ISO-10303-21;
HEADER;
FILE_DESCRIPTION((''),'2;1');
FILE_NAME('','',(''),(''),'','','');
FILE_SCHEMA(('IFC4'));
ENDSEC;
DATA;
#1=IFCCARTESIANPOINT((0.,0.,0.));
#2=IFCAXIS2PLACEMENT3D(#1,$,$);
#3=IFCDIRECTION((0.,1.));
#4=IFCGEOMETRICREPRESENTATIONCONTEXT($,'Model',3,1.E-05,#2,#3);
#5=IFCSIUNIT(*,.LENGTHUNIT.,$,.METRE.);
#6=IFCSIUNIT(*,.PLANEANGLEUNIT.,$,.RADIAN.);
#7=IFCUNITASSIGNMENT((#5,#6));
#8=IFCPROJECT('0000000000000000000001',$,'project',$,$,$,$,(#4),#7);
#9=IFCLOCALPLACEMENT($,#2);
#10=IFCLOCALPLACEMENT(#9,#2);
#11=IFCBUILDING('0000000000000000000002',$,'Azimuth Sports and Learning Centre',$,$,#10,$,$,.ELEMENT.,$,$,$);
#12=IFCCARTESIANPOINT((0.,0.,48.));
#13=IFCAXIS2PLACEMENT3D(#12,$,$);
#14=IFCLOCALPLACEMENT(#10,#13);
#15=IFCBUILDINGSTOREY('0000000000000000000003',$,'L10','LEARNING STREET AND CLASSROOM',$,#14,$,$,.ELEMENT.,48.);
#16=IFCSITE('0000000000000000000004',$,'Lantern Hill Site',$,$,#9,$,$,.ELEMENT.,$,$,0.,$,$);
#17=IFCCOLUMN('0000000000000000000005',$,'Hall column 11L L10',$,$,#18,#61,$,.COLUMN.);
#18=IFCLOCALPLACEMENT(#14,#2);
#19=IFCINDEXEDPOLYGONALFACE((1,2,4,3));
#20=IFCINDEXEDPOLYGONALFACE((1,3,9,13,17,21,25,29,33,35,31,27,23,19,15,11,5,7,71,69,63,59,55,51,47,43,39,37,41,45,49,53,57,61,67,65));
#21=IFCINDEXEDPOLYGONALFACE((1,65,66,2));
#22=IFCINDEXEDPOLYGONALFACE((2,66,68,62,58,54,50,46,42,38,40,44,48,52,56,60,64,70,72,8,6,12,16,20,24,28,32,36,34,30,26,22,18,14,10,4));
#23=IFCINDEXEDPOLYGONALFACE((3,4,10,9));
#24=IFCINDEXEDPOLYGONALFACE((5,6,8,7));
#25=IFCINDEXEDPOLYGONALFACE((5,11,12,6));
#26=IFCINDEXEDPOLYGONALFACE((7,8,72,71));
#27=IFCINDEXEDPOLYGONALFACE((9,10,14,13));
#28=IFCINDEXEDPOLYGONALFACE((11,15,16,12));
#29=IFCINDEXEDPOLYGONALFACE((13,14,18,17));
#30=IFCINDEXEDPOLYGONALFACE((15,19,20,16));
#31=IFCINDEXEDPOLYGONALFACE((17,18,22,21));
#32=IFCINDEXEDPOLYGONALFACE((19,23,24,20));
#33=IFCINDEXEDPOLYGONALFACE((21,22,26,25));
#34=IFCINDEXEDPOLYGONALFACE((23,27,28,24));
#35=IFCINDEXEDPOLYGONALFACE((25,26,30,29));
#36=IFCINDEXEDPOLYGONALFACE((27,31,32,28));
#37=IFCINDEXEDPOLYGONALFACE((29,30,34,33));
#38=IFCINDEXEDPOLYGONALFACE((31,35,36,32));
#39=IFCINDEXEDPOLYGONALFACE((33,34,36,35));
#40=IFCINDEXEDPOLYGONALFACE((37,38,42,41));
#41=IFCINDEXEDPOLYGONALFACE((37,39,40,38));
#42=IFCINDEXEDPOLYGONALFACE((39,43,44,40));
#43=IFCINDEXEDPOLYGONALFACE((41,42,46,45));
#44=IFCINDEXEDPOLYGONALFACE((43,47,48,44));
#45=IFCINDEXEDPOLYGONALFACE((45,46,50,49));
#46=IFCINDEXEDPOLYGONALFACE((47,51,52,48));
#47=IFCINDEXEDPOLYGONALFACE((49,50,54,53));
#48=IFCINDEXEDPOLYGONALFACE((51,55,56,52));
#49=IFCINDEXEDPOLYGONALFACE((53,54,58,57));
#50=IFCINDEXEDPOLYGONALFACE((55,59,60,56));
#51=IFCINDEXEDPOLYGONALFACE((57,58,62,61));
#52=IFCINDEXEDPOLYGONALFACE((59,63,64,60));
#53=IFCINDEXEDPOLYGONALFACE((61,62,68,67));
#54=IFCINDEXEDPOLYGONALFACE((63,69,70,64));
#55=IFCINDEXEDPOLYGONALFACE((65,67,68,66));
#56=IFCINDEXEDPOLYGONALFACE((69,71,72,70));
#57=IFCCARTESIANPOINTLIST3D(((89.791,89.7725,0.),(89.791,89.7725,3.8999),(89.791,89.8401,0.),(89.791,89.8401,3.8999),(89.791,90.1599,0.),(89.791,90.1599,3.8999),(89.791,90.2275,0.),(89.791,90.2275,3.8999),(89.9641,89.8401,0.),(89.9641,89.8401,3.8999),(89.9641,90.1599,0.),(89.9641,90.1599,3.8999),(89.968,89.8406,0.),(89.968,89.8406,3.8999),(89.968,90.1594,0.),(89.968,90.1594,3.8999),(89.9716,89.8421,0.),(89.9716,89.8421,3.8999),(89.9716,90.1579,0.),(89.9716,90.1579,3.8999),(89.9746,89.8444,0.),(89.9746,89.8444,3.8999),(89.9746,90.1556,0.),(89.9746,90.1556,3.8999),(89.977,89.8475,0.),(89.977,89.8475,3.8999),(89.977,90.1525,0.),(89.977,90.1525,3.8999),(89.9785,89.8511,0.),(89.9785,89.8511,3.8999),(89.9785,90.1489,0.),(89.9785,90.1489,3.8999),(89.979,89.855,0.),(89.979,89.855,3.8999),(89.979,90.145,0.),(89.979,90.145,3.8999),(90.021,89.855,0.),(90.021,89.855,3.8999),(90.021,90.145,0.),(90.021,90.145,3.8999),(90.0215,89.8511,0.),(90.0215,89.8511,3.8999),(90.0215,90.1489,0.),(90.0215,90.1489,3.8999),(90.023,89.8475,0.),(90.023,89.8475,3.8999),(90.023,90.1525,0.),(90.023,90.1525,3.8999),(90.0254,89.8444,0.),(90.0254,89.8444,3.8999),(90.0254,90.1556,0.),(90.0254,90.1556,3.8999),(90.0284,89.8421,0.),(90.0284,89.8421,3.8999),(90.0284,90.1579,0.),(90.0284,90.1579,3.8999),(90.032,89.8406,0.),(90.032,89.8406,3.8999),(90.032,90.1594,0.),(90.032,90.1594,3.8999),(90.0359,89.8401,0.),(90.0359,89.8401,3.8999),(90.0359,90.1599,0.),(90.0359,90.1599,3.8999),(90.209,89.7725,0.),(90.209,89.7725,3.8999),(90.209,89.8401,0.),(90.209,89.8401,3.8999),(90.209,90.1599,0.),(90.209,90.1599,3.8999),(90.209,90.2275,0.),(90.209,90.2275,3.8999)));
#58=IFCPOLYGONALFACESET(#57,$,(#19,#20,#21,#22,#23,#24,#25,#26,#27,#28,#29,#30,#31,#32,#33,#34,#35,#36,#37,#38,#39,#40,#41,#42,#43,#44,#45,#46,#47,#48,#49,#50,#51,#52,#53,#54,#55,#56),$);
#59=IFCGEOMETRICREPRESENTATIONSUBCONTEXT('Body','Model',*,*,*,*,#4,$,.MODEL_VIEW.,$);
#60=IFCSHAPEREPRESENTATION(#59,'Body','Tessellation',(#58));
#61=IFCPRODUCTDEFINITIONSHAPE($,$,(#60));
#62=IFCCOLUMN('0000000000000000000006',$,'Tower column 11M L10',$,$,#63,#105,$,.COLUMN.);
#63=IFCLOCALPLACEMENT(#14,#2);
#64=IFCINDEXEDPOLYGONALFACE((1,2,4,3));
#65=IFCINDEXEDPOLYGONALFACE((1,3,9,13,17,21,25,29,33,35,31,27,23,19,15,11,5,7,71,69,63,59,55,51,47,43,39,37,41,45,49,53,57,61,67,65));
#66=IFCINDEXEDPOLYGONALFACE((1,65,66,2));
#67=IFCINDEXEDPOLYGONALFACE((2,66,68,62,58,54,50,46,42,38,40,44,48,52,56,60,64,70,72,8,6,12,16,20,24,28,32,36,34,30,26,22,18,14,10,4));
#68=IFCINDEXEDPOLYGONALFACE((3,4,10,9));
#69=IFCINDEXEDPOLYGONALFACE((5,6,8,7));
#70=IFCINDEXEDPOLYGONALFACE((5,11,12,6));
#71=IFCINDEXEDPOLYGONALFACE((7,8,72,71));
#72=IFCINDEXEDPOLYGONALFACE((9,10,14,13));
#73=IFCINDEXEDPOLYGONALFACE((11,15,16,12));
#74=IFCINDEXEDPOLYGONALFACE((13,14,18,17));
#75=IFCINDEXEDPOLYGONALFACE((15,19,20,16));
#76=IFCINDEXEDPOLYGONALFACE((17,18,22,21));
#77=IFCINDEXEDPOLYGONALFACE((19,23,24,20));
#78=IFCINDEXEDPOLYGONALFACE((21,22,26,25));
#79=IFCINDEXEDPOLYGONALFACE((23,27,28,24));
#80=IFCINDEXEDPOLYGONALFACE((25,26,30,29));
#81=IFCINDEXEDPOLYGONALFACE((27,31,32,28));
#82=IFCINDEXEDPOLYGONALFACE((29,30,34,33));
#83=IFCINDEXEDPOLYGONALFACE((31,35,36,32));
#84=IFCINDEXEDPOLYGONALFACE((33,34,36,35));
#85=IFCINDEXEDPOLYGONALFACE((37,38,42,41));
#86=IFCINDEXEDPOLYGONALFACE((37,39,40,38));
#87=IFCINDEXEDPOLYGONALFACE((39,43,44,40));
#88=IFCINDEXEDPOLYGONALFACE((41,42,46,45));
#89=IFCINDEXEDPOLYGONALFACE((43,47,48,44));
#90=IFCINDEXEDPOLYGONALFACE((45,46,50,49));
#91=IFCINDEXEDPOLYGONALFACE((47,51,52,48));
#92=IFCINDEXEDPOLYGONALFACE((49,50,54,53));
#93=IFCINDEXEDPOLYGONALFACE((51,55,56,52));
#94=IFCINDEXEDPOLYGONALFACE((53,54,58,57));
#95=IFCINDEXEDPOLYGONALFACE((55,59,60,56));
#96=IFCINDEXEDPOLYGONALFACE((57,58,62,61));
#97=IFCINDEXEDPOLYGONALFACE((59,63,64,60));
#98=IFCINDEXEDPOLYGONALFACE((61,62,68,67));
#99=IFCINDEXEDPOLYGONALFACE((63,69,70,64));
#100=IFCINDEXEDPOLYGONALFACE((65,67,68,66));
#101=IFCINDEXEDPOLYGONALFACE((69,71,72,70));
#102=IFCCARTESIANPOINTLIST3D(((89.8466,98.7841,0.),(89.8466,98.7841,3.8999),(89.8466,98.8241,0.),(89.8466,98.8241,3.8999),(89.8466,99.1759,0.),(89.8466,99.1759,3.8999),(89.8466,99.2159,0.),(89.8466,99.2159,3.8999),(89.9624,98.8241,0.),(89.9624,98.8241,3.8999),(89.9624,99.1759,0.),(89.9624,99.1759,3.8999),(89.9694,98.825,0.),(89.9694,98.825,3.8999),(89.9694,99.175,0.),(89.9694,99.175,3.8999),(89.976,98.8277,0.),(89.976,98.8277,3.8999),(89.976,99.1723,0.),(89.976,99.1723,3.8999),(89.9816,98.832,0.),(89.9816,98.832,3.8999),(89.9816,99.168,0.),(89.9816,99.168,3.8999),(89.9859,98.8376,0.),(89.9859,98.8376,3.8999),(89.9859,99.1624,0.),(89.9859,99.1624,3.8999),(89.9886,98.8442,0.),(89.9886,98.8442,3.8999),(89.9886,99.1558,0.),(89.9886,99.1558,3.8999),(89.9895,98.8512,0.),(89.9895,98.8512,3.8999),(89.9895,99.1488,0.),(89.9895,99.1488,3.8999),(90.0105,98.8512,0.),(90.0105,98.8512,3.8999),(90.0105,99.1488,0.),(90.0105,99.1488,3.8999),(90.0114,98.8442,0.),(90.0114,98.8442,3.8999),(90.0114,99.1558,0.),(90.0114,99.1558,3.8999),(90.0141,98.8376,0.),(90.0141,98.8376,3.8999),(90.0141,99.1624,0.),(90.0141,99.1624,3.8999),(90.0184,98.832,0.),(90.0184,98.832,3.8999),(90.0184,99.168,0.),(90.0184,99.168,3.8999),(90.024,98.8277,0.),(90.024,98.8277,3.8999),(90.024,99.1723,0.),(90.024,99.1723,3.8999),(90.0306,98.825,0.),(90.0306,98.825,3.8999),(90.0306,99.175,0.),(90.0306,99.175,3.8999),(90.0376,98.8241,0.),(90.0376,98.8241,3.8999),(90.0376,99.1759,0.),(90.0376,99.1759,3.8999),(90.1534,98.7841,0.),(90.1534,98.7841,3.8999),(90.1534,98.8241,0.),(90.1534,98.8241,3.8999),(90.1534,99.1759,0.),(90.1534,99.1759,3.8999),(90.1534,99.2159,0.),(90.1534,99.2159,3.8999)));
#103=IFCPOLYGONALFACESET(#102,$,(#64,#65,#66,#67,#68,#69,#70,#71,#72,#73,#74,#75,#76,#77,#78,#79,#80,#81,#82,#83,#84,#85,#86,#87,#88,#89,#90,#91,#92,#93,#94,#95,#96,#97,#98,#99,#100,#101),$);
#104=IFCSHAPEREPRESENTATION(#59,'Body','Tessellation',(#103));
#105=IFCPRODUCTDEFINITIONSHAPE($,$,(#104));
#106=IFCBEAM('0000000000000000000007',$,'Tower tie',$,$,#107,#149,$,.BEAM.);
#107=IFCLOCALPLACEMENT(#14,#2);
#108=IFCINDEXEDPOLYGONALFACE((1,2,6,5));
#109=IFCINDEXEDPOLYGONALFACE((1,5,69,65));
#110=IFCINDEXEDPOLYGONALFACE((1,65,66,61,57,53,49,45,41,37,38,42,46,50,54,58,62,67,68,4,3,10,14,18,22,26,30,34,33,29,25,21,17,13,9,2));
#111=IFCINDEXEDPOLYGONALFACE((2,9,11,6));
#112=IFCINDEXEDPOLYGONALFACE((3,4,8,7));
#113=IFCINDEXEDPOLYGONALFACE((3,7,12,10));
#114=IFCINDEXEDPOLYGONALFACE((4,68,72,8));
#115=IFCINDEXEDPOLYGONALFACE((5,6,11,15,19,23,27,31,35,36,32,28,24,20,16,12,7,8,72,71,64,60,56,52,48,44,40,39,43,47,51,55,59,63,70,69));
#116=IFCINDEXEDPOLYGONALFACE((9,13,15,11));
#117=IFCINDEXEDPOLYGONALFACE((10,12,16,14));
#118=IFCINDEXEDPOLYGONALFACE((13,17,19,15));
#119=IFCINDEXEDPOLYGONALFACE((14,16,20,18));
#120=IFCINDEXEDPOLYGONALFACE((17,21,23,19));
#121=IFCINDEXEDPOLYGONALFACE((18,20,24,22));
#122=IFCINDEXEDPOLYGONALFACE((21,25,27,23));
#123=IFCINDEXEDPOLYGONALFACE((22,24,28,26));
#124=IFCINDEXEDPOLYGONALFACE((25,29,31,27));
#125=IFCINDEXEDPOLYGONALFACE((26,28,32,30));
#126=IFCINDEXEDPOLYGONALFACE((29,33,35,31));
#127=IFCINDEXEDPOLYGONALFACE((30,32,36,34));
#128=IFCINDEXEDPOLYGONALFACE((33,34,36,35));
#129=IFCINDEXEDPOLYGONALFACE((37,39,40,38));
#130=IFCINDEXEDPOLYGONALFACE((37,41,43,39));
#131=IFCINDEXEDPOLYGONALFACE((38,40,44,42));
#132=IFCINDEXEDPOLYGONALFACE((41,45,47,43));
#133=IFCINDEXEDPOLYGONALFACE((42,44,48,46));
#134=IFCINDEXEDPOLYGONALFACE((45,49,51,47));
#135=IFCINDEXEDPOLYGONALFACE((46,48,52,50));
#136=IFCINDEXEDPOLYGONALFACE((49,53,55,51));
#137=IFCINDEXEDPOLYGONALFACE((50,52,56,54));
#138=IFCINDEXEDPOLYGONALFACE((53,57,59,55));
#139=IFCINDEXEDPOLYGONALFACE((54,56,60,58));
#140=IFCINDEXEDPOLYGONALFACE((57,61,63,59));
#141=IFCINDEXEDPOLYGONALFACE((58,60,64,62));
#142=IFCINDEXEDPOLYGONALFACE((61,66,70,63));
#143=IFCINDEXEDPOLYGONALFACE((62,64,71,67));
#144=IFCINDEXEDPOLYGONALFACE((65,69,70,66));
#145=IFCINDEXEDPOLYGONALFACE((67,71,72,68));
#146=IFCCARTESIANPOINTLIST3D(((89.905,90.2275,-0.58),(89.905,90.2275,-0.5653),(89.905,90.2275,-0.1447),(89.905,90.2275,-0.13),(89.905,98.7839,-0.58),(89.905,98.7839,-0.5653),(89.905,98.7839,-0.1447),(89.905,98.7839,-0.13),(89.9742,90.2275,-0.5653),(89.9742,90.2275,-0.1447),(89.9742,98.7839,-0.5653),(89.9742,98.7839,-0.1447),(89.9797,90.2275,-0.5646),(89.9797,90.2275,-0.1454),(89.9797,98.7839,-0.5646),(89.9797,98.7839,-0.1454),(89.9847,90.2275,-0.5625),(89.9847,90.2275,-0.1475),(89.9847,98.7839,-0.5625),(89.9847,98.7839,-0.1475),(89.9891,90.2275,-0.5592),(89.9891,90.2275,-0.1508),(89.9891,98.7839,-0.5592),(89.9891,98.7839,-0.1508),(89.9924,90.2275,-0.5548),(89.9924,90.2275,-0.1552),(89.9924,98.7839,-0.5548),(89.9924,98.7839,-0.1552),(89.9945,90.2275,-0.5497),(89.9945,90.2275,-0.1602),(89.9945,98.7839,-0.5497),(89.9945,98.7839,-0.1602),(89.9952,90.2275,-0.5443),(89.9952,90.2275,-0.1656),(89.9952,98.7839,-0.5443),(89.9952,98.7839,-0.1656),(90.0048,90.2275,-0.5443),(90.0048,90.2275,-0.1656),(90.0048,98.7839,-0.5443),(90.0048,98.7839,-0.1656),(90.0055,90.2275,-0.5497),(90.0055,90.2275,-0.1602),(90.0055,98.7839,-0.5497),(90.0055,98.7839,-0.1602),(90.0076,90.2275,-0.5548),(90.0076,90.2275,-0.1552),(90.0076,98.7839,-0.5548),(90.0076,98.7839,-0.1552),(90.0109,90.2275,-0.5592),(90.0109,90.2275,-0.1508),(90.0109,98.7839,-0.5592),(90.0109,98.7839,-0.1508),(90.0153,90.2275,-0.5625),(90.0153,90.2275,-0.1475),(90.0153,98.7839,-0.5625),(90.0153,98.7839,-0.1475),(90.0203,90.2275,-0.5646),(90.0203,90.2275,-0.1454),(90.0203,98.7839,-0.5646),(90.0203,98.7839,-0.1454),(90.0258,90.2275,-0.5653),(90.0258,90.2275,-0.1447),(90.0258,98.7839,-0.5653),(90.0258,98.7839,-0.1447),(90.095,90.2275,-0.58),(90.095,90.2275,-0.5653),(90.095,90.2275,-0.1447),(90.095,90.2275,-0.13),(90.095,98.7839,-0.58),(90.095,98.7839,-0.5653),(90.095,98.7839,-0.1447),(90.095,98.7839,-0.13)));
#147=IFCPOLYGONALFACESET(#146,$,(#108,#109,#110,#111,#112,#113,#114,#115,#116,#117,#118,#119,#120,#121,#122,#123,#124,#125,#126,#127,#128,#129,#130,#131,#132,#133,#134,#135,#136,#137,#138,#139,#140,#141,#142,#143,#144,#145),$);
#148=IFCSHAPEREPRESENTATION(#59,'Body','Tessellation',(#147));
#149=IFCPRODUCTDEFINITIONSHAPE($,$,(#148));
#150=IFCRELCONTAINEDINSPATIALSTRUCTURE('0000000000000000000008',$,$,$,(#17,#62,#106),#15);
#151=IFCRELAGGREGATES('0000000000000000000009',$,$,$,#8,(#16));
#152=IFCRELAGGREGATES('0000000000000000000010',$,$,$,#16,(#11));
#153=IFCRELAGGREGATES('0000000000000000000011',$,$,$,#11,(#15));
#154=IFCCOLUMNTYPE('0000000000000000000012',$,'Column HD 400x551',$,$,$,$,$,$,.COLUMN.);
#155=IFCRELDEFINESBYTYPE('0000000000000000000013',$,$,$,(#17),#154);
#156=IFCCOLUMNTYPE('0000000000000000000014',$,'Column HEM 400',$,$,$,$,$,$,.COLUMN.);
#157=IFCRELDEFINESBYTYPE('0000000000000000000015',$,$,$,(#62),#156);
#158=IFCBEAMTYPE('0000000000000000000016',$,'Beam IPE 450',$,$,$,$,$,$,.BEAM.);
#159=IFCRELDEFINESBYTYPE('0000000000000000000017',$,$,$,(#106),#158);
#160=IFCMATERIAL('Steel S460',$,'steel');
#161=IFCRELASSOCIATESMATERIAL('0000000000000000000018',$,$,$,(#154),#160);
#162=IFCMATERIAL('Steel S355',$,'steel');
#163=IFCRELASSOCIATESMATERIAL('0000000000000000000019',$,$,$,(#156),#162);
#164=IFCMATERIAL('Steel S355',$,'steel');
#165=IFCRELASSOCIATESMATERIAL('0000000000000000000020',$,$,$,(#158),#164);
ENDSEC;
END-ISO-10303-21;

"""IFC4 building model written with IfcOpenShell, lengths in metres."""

from ifc_helpers import new_model, si_unit, direction, frame, origin, origin_2d, place, context, subcontext, project, spatial, i_section, extrude, material, material_profile, profile_set, type_object, element, save


model = new_model("IFC4")

# Units and contexts
model_context = context("Model", 3, precision=1e-05, world=origin(), true_north=direction((0.0, 1.0)))
body_context = subcontext(model_context, "Body", "Model", "MODEL_VIEW")
ifc_project = project(units=[si_unit("LENGTHUNIT", "METRE"), si_unit("PLANEANGLEUNIT", "RADIAN")], contexts=[model_context])

# Site, building, storey
site_placement = place(None, origin())
site = spatial("IfcSite", under=ifc_project, at=site_placement, Name="Lantern Hill Site", CompositionType="ELEMENT", RefElevation=0.0)
building_placement = place(site_placement, origin())
building = spatial("IfcBuilding", under=site, at=building_placement, Name="Azimuth Sports and Learning Centre", CompositionType="ELEMENT")
storey_placement = place(building_placement, frame((0.0, 0.0, 48.0)))
storey = spatial("IfcBuildingStorey", under=building, at=storey_placement, Name="L10", Description="LEARNING STREET AND CLASSROOM", CompositionType="ELEMENT", Elevation=48.0)

# Columns
ifc_material_1 = material(Name="Steel S460", Category="steel")
ifc_material_profile_1 = material_profile(ifc_material_1, i_section(OverallWidth=0.418, OverallDepth=0.4551, WebThickness=0.042, FlangeThickness=0.0676, FilletRadius=0.0149, at=origin_2d()), Name="HD 400x551")
ifc_profile_set_1 = profile_set([ifc_material_profile_1], Name="Steel S460")
column_type_1 = type_object("IfcColumnType", Name="Column HD 400x551", PredefinedType="COLUMN", material=ifc_profile_set_1)
column_1_placement = place(storey_placement, frame((90.0, 90.0, 0.0), z_axis=(0.0, 0.0, 1.0), x_axis=(1.0, 0.0, 0.0)))
element("IfcColumn", 1, at=column_1_placement, inside=storey, type_object=column_type_1, Name="Hall column 11L L10", PredefinedType="COLUMN", context=body_context, shape_type="SweptSolid", body=[
    extrude(i_section(OverallWidth=0.418, OverallDepth=0.4551, WebThickness=0.042, FlangeThickness=0.0676, FilletRadius=0.0149, at=origin_2d()), origin(), (0.0, 0.0, 1.0), 3.8999),
])
ifc_material_2 = material(Name="Steel S355", Category="steel")
ifc_material_profile_2 = material_profile(ifc_material_2, i_section(OverallWidth=0.3069, OverallDepth=0.4319, WebThickness=0.021, FlangeThickness=0.04, FilletRadius=0.0271, at=origin_2d()), Name="HEM 400")
ifc_profile_set_2 = profile_set([ifc_material_profile_2], Name="Steel S355")
column_type_2 = type_object("IfcColumnType", Name="Column HEM 400", PredefinedType="COLUMN", material=ifc_profile_set_2)
column_2_placement = place(storey_placement, frame((90.0, 99.0, 0.0), z_axis=(0.0, 0.0, 1.0), x_axis=(1.0, 0.0, 0.0)))
element("IfcColumn", 2, at=column_2_placement, inside=storey, type_object=column_type_2, Name="Tower column 11M L10", PredefinedType="COLUMN", context=body_context, shape_type="SweptSolid", body=[
    extrude(i_section(OverallWidth=0.3069, OverallDepth=0.4319, WebThickness=0.021, FlangeThickness=0.04, FilletRadius=0.0271, at=origin_2d()), origin(), (0.0, 0.0, 1.0), 3.8999),
])

# Beam
ifc_material_3 = material(Name="Steel S355", Category="steel")
ifc_material_profile_3 = material_profile(ifc_material_3, i_section(OverallWidth=0.1899, OverallDepth=0.45, WebThickness=0.0095, FlangeThickness=0.0146, FilletRadius=0.021, at=origin_2d()), Name="IPE 450")
ifc_profile_set_3 = profile_set([ifc_material_profile_3], Name="Steel S355")
beam_type_1 = type_object("IfcBeamType", Name="Beam IPE 450", PredefinedType="BEAM", material=ifc_profile_set_3)
beam_1_placement = place(storey_placement, frame((90.0, 90.2275, -0.355), z_axis=(0.0, 1.0, 0.0), x_axis=(-1.0, 0.0, 0.0)))
element("IfcBeam", 3, at=beam_1_placement, inside=storey, type_object=beam_type_1, Name="Tower tie", PredefinedType="BEAM", context=body_context, shape_type="SweptSolid", body=[
    extrude(i_section(OverallWidth=0.1899, OverallDepth=0.45, WebThickness=0.0095, FlangeThickness=0.0146, FilletRadius=0.021, at=origin_2d()), origin(), (0.0, 0.0, 1.0), 8.5564),
])

save(model, "model.ifc")
